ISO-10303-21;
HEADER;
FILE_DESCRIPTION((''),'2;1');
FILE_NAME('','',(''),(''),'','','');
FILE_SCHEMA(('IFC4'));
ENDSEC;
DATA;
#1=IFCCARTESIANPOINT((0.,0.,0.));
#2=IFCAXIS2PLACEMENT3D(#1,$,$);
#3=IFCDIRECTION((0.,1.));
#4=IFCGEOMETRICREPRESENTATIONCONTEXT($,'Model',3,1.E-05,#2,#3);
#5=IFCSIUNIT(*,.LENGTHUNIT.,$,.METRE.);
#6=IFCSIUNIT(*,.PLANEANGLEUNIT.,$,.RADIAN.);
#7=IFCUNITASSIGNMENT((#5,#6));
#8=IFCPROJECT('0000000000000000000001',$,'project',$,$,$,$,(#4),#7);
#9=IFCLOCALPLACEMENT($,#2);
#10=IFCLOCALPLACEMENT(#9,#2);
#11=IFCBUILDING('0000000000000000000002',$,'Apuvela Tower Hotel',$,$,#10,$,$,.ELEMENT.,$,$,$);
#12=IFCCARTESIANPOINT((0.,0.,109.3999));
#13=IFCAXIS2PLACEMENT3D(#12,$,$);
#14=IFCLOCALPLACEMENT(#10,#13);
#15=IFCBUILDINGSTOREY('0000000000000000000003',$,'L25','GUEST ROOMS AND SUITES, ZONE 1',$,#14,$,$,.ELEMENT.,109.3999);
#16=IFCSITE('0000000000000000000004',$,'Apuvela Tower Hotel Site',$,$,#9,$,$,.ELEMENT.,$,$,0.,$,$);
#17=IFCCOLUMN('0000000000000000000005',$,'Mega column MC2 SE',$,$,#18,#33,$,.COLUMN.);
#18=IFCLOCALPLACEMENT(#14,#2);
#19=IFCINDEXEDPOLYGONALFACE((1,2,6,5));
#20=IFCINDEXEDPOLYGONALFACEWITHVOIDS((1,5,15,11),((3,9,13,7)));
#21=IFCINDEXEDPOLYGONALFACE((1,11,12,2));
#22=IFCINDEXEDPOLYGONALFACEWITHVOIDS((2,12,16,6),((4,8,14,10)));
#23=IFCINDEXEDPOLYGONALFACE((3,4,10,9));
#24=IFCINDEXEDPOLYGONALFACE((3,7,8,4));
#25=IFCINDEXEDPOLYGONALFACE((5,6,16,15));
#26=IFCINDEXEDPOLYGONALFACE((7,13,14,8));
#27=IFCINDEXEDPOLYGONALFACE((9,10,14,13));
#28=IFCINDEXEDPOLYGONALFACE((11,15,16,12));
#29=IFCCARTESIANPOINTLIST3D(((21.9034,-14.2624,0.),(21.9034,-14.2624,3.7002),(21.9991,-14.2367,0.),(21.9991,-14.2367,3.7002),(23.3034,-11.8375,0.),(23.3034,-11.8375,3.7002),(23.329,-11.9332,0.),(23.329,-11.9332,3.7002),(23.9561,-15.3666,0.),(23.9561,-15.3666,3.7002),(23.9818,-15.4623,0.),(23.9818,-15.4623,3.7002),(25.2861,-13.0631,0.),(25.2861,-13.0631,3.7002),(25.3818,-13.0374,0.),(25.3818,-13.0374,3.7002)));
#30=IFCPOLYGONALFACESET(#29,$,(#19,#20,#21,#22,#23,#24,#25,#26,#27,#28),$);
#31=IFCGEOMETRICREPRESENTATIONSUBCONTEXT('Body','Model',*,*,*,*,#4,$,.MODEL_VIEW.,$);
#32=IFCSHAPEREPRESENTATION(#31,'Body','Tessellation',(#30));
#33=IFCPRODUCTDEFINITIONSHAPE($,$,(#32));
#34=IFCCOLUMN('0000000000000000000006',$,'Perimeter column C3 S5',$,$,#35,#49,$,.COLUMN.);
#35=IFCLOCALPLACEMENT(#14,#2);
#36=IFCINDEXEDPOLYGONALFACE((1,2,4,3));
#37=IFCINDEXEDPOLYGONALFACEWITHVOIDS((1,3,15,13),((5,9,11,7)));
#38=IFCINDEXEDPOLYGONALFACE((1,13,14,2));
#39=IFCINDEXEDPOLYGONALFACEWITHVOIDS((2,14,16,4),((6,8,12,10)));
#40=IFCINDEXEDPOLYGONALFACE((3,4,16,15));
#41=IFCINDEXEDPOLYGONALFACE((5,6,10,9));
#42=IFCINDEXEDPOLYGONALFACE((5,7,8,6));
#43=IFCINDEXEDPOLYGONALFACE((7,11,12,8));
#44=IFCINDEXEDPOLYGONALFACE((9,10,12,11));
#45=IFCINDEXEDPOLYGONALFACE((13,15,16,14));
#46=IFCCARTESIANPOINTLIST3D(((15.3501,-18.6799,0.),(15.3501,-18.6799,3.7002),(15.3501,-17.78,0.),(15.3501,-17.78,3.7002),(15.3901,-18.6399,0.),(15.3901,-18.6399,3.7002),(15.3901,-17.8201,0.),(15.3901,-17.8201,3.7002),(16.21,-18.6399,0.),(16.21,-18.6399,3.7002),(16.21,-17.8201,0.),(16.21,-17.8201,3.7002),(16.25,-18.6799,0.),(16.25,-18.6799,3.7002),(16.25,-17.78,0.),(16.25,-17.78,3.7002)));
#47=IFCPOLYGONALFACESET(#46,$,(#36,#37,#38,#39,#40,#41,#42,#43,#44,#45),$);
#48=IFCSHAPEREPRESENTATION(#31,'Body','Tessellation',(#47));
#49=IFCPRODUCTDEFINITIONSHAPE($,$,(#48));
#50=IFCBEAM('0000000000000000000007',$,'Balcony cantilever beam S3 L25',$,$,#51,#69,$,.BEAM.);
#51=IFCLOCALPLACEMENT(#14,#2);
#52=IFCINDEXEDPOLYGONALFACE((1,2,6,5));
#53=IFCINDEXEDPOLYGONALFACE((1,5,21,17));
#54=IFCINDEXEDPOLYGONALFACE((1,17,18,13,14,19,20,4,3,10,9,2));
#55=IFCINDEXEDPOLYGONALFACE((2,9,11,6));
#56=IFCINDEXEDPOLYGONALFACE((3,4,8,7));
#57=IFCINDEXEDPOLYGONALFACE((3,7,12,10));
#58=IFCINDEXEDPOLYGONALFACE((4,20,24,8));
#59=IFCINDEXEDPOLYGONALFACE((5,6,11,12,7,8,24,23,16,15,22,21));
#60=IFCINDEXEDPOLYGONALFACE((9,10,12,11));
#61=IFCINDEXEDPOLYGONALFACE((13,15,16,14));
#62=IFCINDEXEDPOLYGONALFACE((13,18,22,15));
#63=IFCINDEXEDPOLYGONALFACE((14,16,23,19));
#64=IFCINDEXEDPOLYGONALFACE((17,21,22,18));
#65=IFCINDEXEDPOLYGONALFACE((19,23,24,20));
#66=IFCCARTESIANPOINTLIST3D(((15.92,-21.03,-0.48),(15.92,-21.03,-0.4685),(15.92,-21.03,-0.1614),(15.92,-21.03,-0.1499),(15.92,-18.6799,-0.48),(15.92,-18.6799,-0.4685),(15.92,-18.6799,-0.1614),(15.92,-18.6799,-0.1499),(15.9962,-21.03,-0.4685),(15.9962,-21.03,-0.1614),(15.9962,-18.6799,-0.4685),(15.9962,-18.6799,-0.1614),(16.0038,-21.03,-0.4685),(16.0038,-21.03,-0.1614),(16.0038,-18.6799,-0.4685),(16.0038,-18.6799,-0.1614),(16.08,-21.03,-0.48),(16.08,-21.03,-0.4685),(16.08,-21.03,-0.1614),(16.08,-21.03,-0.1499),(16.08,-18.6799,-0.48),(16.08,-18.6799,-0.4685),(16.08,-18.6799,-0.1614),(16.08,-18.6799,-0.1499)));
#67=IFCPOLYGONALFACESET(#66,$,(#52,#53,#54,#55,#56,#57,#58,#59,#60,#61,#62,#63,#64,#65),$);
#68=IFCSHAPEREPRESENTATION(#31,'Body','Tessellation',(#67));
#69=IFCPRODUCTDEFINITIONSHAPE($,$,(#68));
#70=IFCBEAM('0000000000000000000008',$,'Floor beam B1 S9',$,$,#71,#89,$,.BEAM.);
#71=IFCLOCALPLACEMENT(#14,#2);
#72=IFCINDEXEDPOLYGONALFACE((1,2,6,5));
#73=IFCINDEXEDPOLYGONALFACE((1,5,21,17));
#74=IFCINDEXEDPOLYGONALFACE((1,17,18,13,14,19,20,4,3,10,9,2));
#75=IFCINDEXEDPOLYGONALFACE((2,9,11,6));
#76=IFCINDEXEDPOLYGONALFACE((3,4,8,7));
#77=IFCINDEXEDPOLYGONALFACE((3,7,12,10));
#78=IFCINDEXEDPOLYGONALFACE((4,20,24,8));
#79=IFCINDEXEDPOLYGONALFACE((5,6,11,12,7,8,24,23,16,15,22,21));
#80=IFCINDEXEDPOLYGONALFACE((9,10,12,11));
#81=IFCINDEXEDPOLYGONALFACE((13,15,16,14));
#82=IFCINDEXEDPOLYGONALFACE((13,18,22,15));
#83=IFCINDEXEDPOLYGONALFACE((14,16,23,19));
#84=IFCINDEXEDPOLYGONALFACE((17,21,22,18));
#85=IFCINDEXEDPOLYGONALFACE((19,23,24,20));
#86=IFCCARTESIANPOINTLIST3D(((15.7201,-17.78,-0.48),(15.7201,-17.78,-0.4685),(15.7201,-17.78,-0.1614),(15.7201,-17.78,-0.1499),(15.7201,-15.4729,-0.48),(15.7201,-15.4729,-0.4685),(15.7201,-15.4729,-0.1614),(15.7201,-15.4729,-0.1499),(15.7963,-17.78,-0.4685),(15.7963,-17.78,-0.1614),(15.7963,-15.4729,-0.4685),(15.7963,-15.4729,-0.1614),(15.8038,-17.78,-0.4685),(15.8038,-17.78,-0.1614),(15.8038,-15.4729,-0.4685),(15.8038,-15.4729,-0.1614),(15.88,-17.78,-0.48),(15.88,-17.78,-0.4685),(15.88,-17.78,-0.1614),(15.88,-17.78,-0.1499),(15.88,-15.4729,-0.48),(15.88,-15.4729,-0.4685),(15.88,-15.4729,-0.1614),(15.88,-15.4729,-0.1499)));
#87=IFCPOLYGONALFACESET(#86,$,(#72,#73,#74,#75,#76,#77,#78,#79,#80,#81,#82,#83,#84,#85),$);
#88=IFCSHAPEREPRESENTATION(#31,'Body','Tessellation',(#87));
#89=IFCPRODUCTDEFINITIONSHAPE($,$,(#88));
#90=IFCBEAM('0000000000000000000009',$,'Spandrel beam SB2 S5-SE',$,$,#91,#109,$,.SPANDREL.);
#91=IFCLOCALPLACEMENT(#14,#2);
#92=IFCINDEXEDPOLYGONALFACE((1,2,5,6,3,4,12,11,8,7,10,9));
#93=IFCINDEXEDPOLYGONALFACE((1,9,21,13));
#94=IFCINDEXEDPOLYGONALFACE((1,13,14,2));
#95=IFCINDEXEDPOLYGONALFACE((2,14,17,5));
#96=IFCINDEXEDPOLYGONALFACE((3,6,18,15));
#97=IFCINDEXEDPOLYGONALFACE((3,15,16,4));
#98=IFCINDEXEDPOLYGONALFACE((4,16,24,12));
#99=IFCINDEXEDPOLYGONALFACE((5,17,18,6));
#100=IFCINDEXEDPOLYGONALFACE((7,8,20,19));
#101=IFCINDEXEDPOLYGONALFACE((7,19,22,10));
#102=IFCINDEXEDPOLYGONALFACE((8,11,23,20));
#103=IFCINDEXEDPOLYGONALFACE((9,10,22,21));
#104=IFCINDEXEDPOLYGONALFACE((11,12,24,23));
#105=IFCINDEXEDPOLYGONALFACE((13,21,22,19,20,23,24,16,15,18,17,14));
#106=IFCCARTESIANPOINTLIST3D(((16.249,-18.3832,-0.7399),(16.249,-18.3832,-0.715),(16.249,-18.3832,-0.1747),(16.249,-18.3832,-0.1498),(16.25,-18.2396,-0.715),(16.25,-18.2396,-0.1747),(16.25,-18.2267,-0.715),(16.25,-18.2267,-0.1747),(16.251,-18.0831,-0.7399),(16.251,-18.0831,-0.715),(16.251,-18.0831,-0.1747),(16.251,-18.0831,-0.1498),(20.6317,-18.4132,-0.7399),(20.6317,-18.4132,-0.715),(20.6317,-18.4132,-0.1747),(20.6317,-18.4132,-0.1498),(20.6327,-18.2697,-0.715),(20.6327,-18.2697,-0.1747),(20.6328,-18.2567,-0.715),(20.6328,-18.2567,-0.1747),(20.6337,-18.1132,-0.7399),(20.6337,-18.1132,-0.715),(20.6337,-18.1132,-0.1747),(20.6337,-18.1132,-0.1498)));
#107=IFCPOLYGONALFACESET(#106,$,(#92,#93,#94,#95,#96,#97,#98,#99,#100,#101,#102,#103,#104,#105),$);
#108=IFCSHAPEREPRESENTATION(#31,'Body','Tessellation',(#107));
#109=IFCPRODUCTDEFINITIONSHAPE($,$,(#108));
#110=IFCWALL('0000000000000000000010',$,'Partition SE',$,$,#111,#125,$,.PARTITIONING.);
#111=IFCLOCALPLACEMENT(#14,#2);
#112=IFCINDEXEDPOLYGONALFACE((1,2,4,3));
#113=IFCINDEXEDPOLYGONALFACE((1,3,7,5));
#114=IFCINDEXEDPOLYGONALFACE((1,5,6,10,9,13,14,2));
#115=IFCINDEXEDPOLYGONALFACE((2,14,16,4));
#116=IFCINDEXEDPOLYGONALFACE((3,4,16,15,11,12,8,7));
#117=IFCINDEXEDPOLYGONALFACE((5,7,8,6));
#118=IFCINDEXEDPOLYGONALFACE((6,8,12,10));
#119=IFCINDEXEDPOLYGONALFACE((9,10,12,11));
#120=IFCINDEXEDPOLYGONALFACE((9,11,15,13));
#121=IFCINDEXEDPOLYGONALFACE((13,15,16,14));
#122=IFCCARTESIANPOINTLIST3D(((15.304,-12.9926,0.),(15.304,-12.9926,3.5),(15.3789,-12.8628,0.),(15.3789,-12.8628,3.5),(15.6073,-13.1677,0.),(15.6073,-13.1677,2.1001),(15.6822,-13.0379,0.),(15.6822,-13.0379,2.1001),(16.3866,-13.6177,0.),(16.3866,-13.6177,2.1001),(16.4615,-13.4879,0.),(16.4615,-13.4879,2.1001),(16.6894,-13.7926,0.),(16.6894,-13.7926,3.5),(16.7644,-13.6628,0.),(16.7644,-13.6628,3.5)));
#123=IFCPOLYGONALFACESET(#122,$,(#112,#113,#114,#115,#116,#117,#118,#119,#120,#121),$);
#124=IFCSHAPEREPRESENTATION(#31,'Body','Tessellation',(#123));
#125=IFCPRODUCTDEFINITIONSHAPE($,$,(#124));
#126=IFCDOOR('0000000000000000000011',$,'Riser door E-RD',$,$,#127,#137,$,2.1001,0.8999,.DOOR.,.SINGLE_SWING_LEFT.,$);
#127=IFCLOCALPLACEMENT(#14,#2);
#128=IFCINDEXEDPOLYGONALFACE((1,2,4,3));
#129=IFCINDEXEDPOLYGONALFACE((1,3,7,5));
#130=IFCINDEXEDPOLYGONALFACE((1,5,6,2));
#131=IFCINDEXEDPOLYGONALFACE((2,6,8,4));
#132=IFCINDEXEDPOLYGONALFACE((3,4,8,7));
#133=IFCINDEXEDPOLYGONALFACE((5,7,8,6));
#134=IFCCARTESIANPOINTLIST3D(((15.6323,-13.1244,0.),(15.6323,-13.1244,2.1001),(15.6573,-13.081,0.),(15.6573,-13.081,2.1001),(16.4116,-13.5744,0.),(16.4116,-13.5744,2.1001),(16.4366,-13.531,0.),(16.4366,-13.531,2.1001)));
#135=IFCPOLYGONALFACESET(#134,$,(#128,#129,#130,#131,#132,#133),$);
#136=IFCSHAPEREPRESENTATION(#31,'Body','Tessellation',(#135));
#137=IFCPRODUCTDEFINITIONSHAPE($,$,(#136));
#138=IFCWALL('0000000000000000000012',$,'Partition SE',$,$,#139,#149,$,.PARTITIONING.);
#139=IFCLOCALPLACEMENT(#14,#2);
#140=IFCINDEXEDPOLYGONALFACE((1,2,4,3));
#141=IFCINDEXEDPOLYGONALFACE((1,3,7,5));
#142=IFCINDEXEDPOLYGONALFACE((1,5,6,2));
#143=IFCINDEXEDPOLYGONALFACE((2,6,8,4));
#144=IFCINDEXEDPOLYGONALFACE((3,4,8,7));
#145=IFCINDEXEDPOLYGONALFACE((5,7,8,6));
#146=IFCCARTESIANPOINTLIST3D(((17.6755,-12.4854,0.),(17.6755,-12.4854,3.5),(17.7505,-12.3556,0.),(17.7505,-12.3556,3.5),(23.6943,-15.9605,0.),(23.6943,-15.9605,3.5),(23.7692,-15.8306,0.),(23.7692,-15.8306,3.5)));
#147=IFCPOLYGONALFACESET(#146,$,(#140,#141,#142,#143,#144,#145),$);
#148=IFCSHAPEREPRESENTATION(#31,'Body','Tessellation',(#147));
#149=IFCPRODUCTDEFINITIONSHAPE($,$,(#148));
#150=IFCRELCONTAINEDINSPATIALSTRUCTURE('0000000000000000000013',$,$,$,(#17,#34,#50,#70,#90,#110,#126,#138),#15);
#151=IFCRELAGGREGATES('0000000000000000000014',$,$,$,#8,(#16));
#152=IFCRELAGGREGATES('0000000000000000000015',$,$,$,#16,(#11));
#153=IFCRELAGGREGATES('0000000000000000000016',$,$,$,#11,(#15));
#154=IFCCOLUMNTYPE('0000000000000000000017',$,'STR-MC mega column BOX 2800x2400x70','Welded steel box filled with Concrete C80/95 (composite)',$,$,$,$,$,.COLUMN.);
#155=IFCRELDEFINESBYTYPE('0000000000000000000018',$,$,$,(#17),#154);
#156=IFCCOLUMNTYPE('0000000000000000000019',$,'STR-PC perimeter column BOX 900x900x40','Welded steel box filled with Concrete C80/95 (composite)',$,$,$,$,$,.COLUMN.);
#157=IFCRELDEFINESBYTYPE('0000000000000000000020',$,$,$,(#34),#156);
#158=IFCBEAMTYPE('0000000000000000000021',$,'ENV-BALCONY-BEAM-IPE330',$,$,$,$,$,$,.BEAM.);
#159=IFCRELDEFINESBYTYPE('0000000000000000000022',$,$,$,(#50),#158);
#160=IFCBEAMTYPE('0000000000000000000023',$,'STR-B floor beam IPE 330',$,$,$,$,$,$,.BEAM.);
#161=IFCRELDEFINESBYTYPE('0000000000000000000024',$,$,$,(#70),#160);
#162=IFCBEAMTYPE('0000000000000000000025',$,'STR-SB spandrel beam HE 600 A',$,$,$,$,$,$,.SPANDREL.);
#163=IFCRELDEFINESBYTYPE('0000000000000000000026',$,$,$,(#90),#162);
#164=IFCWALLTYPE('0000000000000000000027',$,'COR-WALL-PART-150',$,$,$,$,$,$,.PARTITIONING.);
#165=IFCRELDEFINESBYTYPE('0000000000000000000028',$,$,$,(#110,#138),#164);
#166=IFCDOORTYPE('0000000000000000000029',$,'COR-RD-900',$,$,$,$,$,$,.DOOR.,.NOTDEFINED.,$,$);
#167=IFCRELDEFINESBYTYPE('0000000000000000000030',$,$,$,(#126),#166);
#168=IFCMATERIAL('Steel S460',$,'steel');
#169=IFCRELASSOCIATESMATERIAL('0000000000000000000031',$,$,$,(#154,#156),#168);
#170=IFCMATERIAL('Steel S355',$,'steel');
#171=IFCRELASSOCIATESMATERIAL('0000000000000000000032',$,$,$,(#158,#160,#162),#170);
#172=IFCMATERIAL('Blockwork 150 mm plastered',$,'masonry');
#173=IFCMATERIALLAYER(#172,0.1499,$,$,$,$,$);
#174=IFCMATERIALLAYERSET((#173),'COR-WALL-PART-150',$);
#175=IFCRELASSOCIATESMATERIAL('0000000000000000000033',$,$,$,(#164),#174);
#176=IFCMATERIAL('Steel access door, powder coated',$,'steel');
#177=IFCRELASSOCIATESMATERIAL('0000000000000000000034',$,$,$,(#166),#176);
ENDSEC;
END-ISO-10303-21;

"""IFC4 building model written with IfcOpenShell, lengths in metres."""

from ifc_helpers import new_model, si_unit, direction, frame, frame_2d, origin, origin_2d, place, context, subcontext, project, spatial, rectangle, hollow_rectangle, i_section, extrude, material, layer, layer_set, material_profile, profile_set, type_object, element, fill, save


model = new_model("IFC4")

# Units and contexts
model_context = context("Model", 3, precision=1e-05, world=origin(), true_north=direction((0.0, 1.0)))
body_context = subcontext(model_context, "Body", "Model", "MODEL_VIEW")
ifc_project = project(units=[si_unit("LENGTHUNIT", "METRE"), si_unit("PLANEANGLEUNIT", "RADIAN")], contexts=[model_context])

# Site, building, storey
site_placement = place(None, origin())
site = spatial("IfcSite", under=ifc_project, at=site_placement, Name="Apuvela Tower Hotel Site", CompositionType="ELEMENT", RefElevation=0.0)
building_placement = place(site_placement, origin())
building = spatial("IfcBuilding", under=site, at=building_placement, Name="Apuvela Tower Hotel", CompositionType="ELEMENT")
storey_placement = place(building_placement, frame((0.0, 0.0, 109.3999)))
storey = spatial("IfcBuildingStorey", under=building, at=storey_placement, Name="L25", Description="GUEST ROOMS AND SUITES, ZONE 1", CompositionType="ELEMENT", Elevation=109.3999)

# Columns
ifc_material_1 = material(Name="Steel S460", Category="steel")
ifc_material_profile_1 = material_profile(ifc_material_1, hollow_rectangle(XDim=2.8, YDim=2.3999, WallThickness=0.0701, at=origin_2d()), Name="BOX 2800x2400x70")
ifc_material_2 = material(Name="Concrete C80/95", Category="concrete")
ifc_material_profile_2 = material_profile(ifc_material_2, rectangle(XDim=2.6599, YDim=2.26, at=origin_2d()), Name="Concrete C80/95 infill")
ifc_profile_set_1 = profile_set([ifc_material_profile_1, ifc_material_profile_2], Name="Steel S460")
column_type_1 = type_object("IfcColumnType", Name="STR-MC mega column BOX 2800x2400x70", Description="Welded steel box filled with Concrete C80/95 (composite)", PredefinedType="COLUMN", material=ifc_profile_set_1)
column_1_placement = place(storey_placement, frame((23.6426, -13.6499, 0.0), z_axis=(0.0, 0.0, 1.0), x_axis=(0.5, 0.866025, 0.0)))
element("IfcColumn", 1, at=column_1_placement, inside=storey, type_object=column_type_1, Name="Mega column MC2 SE", PredefinedType="COLUMN", context=body_context, shape_type="SweptSolid", body=[
    extrude(hollow_rectangle(XDim=2.8, YDim=2.3999, WallThickness=0.0701, at=origin_2d()), origin(), (0.0, 0.0, 1.0), 3.7002),
])
ifc_material_profile_3 = material_profile(ifc_material_1, hollow_rectangle(XDim=0.8999, YDim=0.8999, WallThickness=0.04, at=origin_2d()), Name="BOX 900x900x40")
ifc_material_profile_4 = material_profile(ifc_material_2, rectangle(XDim=0.8201, YDim=0.8201, at=origin_2d()), Name="Concrete C80/95 infill")
ifc_profile_set_2 = profile_set([ifc_material_profile_3, ifc_material_profile_4], Name="Steel S460")
column_type_2 = type_object("IfcColumnType", Name="STR-PC perimeter column BOX 900x900x40", Description="Welded steel box filled with Concrete C80/95 (composite)", PredefinedType="COLUMN", material=ifc_profile_set_2)
column_2_placement = place(storey_placement, frame((15.8, -18.23, 0.0), z_axis=(0.0, 0.0, 1.0), x_axis=(-1.0, 0.0, 0.0)))
element("IfcColumn", 2, at=column_2_placement, inside=storey, type_object=column_type_2, Name="Perimeter column C3 S5", PredefinedType="COLUMN", context=body_context, shape_type="SweptSolid", body=[
    extrude(hollow_rectangle(XDim=0.8999, YDim=0.8999, WallThickness=0.04, at=origin_2d()), origin(), (0.0, 0.0, 1.0), 3.7002),
])

# Beams
ifc_material_3 = material(Name="Steel S355", Category="steel")
ifc_material_profile_5 = material_profile(ifc_material_3, i_section(OverallWidth=0.1599, OverallDepth=0.3301, WebThickness=0.0076, FlangeThickness=0.0115, at=origin_2d()), Name="IPE 330")
ifc_profile_set_3 = profile_set([ifc_material_profile_5], Name="Steel S355")
beam_type_1 = type_object("IfcBeamType", Name="ENV-BALCONY-BEAM-IPE330", PredefinedType="BEAM", material=ifc_profile_set_3)
beam_1_placement = place(storey_placement, frame((16.0, -18.6799, -0.3149), z_axis=(0.0, -1.0, 0.0), x_axis=(1.0, 0.0, 0.0)))
element("IfcBeam", 3, at=beam_1_placement, inside=storey, type_object=beam_type_1, Name="Balcony cantilever beam S3 L25", PredefinedType="BEAM", context=body_context, shape_type="SweptSolid", body=[
    extrude(i_section(OverallWidth=0.1599, OverallDepth=0.3301, WebThickness=0.0076, FlangeThickness=0.0115, at=origin_2d()), origin(), (0.0, 0.0, 1.0), 2.3501),
])
ifc_material_profile_6 = material_profile(ifc_material_3, i_section(OverallWidth=0.1599, OverallDepth=0.3301, WebThickness=0.0076, FlangeThickness=0.0115, at=origin_2d()), Name="IPE 330")
ifc_profile_set_4 = profile_set([ifc_material_profile_6], Name="Steel S355")
beam_type_2 = type_object("IfcBeamType", Name="STR-B floor beam IPE 330", PredefinedType="BEAM", material=ifc_profile_set_4)
beam_2_placement = place(storey_placement, frame((15.8, -17.78, -0.3149), z_axis=(0.0, 1.0, 0.0), x_axis=(-1.0, 0.0, 0.0)))
element("IfcBeam", 4, at=beam_2_placement, inside=storey, type_object=beam_type_2, Name="Floor beam B1 S9", PredefinedType="BEAM", context=body_context, shape_type="SweptSolid", body=[
    extrude(i_section(OverallWidth=0.1599, OverallDepth=0.3301, WebThickness=0.0076, FlangeThickness=0.0115, at=origin_2d()), origin(), (0.0, 0.0, 1.0), 2.3071),
])
ifc_material_profile_7 = material_profile(ifc_material_3, i_section(OverallWidth=0.3, OverallDepth=0.5901, WebThickness=0.0129, FlangeThickness=0.0249, at=origin_2d()), Name="HE 600 A")
ifc_profile_set_5 = profile_set([ifc_material_profile_7], Name="Steel S355")
beam_type_3 = type_object("IfcBeamType", Name="STR-SB spandrel beam HE 600 A", PredefinedType="SPANDREL", material=ifc_profile_set_5)
beam_3_placement = place(storey_placement, frame((16.25, -18.2332, -0.4448), z_axis=(0.999977, -0.006851, 0.0), x_axis=(0.006851, 0.999977, 0.0)))
element("IfcBeam", 5, at=beam_3_placement, inside=storey, type_object=beam_type_3, Name="Spandrel beam SB2 S5-SE", PredefinedType="SPANDREL", context=body_context, shape_type="SweptSolid", body=[
    extrude(i_section(OverallWidth=0.3, OverallDepth=0.5901, WebThickness=0.0129, FlangeThickness=0.0249, at=origin_2d()), origin(), (0.0, 0.0, 1.0), 4.3828),
])

# Wall, opening, door
ifc_material_4 = material(Name="Blockwork 150 mm plastered", Category="masonry")
ifc_layer_1 = layer(ifc_material_4, 0.1499)
ifc_layer_set_1 = layer_set([ifc_layer_1], Name="COR-WALL-PART-150")
wall_type_1 = type_object("IfcWallType", Name="COR-WALL-PART-150", PredefinedType="PARTITIONING", material=ifc_layer_set_1)
wall_1_placement = place(storey_placement, frame((15.3416, -12.9277, 0.0), z_axis=(0.0, 0.0, 1.0), x_axis=(0.86599, -0.500061, 0.0)))
wall_1 = element("IfcWall", 6, at=wall_1_placement, inside=storey, type_object=wall_type_1, Name="Partition SE", PredefinedType="PARTITIONING", context=body_context, shape_type="SweptSolid", body=[
    extrude(rectangle(XDim=1.5999, YDim=0.1499, at=frame_2d((0.7998, 0.0))), origin(), (0.0, 0.0, 1.0), 3.5),
])
opening_1_placement = place(wall_1_placement, frame((0.3501, 0.0, 0.0)))
opening_1 = element("IfcOpeningElement", 7, at=opening_1_placement, cuts=wall_1, PredefinedType="OPENING", context=body_context, shape_type="SweptSolid", body=[
    extrude(rectangle(XDim=0.8999, YDim=2.1001, at=frame_2d((0.45, 1.05))), frame((0.0, 0.085, 0.0), z_axis=(0.0, -1.0, 0.0), x_axis=(1.0, 0.0, 0.0)), (0.0, 0.0, 1.0), 0.1699),
])
ifc_material_5 = material(Name="Steel access door, powder coated", Category="steel")
door_type_1 = type_object("IfcDoorType", Name="COR-RD-900", OperationType="NOTDEFINED", PredefinedType="DOOR", material=ifc_material_5)
door_1_placement = place(opening_1_placement, frame((0.8999, 0.0, 0.0), z_axis=(0.0, 0.0, 1.0), x_axis=(-1.0, 0.0, 0.0)))
door_1 = element("IfcDoor", 8, at=door_1_placement, inside=storey, type_object=door_type_1, Name="Riser door E-RD", OperationType="SINGLE_SWING_LEFT", OverallHeight=2.1001, OverallWidth=0.8999, PredefinedType="DOOR", context=body_context, shape_type="SweptSolid", body=[
    extrude(rectangle(XDim=0.8999, YDim=2.1001, at=frame_2d((0.45, 1.05))), frame((0.0, 0.0249, 0.0), z_axis=(0.0, -1.0, 0.0), x_axis=(1.0, 0.0, 0.0)), (0.0, 0.0, 1.0), 0.05),
])
fill(opening_1, door_1)

# Wall
wall_2_placement = place(storey_placement, frame((17.7129, -12.4204, 0.0), z_axis=(0.0, 0.0, 1.0), x_axis=(0.866017, -0.500015, 0.0)))
element("IfcWall", 9, at=wall_2_placement, inside=storey, type_object=wall_type_1, Name="Partition SE", PredefinedType="PARTITIONING", context=body_context, shape_type="SweptSolid", body=[
    extrude(rectangle(XDim=6.95, YDim=0.1499, at=frame_2d((3.4751, 0.0))), origin(), (0.0, 0.0, 1.0), 3.5),
])

save(model, "model.ifc")
